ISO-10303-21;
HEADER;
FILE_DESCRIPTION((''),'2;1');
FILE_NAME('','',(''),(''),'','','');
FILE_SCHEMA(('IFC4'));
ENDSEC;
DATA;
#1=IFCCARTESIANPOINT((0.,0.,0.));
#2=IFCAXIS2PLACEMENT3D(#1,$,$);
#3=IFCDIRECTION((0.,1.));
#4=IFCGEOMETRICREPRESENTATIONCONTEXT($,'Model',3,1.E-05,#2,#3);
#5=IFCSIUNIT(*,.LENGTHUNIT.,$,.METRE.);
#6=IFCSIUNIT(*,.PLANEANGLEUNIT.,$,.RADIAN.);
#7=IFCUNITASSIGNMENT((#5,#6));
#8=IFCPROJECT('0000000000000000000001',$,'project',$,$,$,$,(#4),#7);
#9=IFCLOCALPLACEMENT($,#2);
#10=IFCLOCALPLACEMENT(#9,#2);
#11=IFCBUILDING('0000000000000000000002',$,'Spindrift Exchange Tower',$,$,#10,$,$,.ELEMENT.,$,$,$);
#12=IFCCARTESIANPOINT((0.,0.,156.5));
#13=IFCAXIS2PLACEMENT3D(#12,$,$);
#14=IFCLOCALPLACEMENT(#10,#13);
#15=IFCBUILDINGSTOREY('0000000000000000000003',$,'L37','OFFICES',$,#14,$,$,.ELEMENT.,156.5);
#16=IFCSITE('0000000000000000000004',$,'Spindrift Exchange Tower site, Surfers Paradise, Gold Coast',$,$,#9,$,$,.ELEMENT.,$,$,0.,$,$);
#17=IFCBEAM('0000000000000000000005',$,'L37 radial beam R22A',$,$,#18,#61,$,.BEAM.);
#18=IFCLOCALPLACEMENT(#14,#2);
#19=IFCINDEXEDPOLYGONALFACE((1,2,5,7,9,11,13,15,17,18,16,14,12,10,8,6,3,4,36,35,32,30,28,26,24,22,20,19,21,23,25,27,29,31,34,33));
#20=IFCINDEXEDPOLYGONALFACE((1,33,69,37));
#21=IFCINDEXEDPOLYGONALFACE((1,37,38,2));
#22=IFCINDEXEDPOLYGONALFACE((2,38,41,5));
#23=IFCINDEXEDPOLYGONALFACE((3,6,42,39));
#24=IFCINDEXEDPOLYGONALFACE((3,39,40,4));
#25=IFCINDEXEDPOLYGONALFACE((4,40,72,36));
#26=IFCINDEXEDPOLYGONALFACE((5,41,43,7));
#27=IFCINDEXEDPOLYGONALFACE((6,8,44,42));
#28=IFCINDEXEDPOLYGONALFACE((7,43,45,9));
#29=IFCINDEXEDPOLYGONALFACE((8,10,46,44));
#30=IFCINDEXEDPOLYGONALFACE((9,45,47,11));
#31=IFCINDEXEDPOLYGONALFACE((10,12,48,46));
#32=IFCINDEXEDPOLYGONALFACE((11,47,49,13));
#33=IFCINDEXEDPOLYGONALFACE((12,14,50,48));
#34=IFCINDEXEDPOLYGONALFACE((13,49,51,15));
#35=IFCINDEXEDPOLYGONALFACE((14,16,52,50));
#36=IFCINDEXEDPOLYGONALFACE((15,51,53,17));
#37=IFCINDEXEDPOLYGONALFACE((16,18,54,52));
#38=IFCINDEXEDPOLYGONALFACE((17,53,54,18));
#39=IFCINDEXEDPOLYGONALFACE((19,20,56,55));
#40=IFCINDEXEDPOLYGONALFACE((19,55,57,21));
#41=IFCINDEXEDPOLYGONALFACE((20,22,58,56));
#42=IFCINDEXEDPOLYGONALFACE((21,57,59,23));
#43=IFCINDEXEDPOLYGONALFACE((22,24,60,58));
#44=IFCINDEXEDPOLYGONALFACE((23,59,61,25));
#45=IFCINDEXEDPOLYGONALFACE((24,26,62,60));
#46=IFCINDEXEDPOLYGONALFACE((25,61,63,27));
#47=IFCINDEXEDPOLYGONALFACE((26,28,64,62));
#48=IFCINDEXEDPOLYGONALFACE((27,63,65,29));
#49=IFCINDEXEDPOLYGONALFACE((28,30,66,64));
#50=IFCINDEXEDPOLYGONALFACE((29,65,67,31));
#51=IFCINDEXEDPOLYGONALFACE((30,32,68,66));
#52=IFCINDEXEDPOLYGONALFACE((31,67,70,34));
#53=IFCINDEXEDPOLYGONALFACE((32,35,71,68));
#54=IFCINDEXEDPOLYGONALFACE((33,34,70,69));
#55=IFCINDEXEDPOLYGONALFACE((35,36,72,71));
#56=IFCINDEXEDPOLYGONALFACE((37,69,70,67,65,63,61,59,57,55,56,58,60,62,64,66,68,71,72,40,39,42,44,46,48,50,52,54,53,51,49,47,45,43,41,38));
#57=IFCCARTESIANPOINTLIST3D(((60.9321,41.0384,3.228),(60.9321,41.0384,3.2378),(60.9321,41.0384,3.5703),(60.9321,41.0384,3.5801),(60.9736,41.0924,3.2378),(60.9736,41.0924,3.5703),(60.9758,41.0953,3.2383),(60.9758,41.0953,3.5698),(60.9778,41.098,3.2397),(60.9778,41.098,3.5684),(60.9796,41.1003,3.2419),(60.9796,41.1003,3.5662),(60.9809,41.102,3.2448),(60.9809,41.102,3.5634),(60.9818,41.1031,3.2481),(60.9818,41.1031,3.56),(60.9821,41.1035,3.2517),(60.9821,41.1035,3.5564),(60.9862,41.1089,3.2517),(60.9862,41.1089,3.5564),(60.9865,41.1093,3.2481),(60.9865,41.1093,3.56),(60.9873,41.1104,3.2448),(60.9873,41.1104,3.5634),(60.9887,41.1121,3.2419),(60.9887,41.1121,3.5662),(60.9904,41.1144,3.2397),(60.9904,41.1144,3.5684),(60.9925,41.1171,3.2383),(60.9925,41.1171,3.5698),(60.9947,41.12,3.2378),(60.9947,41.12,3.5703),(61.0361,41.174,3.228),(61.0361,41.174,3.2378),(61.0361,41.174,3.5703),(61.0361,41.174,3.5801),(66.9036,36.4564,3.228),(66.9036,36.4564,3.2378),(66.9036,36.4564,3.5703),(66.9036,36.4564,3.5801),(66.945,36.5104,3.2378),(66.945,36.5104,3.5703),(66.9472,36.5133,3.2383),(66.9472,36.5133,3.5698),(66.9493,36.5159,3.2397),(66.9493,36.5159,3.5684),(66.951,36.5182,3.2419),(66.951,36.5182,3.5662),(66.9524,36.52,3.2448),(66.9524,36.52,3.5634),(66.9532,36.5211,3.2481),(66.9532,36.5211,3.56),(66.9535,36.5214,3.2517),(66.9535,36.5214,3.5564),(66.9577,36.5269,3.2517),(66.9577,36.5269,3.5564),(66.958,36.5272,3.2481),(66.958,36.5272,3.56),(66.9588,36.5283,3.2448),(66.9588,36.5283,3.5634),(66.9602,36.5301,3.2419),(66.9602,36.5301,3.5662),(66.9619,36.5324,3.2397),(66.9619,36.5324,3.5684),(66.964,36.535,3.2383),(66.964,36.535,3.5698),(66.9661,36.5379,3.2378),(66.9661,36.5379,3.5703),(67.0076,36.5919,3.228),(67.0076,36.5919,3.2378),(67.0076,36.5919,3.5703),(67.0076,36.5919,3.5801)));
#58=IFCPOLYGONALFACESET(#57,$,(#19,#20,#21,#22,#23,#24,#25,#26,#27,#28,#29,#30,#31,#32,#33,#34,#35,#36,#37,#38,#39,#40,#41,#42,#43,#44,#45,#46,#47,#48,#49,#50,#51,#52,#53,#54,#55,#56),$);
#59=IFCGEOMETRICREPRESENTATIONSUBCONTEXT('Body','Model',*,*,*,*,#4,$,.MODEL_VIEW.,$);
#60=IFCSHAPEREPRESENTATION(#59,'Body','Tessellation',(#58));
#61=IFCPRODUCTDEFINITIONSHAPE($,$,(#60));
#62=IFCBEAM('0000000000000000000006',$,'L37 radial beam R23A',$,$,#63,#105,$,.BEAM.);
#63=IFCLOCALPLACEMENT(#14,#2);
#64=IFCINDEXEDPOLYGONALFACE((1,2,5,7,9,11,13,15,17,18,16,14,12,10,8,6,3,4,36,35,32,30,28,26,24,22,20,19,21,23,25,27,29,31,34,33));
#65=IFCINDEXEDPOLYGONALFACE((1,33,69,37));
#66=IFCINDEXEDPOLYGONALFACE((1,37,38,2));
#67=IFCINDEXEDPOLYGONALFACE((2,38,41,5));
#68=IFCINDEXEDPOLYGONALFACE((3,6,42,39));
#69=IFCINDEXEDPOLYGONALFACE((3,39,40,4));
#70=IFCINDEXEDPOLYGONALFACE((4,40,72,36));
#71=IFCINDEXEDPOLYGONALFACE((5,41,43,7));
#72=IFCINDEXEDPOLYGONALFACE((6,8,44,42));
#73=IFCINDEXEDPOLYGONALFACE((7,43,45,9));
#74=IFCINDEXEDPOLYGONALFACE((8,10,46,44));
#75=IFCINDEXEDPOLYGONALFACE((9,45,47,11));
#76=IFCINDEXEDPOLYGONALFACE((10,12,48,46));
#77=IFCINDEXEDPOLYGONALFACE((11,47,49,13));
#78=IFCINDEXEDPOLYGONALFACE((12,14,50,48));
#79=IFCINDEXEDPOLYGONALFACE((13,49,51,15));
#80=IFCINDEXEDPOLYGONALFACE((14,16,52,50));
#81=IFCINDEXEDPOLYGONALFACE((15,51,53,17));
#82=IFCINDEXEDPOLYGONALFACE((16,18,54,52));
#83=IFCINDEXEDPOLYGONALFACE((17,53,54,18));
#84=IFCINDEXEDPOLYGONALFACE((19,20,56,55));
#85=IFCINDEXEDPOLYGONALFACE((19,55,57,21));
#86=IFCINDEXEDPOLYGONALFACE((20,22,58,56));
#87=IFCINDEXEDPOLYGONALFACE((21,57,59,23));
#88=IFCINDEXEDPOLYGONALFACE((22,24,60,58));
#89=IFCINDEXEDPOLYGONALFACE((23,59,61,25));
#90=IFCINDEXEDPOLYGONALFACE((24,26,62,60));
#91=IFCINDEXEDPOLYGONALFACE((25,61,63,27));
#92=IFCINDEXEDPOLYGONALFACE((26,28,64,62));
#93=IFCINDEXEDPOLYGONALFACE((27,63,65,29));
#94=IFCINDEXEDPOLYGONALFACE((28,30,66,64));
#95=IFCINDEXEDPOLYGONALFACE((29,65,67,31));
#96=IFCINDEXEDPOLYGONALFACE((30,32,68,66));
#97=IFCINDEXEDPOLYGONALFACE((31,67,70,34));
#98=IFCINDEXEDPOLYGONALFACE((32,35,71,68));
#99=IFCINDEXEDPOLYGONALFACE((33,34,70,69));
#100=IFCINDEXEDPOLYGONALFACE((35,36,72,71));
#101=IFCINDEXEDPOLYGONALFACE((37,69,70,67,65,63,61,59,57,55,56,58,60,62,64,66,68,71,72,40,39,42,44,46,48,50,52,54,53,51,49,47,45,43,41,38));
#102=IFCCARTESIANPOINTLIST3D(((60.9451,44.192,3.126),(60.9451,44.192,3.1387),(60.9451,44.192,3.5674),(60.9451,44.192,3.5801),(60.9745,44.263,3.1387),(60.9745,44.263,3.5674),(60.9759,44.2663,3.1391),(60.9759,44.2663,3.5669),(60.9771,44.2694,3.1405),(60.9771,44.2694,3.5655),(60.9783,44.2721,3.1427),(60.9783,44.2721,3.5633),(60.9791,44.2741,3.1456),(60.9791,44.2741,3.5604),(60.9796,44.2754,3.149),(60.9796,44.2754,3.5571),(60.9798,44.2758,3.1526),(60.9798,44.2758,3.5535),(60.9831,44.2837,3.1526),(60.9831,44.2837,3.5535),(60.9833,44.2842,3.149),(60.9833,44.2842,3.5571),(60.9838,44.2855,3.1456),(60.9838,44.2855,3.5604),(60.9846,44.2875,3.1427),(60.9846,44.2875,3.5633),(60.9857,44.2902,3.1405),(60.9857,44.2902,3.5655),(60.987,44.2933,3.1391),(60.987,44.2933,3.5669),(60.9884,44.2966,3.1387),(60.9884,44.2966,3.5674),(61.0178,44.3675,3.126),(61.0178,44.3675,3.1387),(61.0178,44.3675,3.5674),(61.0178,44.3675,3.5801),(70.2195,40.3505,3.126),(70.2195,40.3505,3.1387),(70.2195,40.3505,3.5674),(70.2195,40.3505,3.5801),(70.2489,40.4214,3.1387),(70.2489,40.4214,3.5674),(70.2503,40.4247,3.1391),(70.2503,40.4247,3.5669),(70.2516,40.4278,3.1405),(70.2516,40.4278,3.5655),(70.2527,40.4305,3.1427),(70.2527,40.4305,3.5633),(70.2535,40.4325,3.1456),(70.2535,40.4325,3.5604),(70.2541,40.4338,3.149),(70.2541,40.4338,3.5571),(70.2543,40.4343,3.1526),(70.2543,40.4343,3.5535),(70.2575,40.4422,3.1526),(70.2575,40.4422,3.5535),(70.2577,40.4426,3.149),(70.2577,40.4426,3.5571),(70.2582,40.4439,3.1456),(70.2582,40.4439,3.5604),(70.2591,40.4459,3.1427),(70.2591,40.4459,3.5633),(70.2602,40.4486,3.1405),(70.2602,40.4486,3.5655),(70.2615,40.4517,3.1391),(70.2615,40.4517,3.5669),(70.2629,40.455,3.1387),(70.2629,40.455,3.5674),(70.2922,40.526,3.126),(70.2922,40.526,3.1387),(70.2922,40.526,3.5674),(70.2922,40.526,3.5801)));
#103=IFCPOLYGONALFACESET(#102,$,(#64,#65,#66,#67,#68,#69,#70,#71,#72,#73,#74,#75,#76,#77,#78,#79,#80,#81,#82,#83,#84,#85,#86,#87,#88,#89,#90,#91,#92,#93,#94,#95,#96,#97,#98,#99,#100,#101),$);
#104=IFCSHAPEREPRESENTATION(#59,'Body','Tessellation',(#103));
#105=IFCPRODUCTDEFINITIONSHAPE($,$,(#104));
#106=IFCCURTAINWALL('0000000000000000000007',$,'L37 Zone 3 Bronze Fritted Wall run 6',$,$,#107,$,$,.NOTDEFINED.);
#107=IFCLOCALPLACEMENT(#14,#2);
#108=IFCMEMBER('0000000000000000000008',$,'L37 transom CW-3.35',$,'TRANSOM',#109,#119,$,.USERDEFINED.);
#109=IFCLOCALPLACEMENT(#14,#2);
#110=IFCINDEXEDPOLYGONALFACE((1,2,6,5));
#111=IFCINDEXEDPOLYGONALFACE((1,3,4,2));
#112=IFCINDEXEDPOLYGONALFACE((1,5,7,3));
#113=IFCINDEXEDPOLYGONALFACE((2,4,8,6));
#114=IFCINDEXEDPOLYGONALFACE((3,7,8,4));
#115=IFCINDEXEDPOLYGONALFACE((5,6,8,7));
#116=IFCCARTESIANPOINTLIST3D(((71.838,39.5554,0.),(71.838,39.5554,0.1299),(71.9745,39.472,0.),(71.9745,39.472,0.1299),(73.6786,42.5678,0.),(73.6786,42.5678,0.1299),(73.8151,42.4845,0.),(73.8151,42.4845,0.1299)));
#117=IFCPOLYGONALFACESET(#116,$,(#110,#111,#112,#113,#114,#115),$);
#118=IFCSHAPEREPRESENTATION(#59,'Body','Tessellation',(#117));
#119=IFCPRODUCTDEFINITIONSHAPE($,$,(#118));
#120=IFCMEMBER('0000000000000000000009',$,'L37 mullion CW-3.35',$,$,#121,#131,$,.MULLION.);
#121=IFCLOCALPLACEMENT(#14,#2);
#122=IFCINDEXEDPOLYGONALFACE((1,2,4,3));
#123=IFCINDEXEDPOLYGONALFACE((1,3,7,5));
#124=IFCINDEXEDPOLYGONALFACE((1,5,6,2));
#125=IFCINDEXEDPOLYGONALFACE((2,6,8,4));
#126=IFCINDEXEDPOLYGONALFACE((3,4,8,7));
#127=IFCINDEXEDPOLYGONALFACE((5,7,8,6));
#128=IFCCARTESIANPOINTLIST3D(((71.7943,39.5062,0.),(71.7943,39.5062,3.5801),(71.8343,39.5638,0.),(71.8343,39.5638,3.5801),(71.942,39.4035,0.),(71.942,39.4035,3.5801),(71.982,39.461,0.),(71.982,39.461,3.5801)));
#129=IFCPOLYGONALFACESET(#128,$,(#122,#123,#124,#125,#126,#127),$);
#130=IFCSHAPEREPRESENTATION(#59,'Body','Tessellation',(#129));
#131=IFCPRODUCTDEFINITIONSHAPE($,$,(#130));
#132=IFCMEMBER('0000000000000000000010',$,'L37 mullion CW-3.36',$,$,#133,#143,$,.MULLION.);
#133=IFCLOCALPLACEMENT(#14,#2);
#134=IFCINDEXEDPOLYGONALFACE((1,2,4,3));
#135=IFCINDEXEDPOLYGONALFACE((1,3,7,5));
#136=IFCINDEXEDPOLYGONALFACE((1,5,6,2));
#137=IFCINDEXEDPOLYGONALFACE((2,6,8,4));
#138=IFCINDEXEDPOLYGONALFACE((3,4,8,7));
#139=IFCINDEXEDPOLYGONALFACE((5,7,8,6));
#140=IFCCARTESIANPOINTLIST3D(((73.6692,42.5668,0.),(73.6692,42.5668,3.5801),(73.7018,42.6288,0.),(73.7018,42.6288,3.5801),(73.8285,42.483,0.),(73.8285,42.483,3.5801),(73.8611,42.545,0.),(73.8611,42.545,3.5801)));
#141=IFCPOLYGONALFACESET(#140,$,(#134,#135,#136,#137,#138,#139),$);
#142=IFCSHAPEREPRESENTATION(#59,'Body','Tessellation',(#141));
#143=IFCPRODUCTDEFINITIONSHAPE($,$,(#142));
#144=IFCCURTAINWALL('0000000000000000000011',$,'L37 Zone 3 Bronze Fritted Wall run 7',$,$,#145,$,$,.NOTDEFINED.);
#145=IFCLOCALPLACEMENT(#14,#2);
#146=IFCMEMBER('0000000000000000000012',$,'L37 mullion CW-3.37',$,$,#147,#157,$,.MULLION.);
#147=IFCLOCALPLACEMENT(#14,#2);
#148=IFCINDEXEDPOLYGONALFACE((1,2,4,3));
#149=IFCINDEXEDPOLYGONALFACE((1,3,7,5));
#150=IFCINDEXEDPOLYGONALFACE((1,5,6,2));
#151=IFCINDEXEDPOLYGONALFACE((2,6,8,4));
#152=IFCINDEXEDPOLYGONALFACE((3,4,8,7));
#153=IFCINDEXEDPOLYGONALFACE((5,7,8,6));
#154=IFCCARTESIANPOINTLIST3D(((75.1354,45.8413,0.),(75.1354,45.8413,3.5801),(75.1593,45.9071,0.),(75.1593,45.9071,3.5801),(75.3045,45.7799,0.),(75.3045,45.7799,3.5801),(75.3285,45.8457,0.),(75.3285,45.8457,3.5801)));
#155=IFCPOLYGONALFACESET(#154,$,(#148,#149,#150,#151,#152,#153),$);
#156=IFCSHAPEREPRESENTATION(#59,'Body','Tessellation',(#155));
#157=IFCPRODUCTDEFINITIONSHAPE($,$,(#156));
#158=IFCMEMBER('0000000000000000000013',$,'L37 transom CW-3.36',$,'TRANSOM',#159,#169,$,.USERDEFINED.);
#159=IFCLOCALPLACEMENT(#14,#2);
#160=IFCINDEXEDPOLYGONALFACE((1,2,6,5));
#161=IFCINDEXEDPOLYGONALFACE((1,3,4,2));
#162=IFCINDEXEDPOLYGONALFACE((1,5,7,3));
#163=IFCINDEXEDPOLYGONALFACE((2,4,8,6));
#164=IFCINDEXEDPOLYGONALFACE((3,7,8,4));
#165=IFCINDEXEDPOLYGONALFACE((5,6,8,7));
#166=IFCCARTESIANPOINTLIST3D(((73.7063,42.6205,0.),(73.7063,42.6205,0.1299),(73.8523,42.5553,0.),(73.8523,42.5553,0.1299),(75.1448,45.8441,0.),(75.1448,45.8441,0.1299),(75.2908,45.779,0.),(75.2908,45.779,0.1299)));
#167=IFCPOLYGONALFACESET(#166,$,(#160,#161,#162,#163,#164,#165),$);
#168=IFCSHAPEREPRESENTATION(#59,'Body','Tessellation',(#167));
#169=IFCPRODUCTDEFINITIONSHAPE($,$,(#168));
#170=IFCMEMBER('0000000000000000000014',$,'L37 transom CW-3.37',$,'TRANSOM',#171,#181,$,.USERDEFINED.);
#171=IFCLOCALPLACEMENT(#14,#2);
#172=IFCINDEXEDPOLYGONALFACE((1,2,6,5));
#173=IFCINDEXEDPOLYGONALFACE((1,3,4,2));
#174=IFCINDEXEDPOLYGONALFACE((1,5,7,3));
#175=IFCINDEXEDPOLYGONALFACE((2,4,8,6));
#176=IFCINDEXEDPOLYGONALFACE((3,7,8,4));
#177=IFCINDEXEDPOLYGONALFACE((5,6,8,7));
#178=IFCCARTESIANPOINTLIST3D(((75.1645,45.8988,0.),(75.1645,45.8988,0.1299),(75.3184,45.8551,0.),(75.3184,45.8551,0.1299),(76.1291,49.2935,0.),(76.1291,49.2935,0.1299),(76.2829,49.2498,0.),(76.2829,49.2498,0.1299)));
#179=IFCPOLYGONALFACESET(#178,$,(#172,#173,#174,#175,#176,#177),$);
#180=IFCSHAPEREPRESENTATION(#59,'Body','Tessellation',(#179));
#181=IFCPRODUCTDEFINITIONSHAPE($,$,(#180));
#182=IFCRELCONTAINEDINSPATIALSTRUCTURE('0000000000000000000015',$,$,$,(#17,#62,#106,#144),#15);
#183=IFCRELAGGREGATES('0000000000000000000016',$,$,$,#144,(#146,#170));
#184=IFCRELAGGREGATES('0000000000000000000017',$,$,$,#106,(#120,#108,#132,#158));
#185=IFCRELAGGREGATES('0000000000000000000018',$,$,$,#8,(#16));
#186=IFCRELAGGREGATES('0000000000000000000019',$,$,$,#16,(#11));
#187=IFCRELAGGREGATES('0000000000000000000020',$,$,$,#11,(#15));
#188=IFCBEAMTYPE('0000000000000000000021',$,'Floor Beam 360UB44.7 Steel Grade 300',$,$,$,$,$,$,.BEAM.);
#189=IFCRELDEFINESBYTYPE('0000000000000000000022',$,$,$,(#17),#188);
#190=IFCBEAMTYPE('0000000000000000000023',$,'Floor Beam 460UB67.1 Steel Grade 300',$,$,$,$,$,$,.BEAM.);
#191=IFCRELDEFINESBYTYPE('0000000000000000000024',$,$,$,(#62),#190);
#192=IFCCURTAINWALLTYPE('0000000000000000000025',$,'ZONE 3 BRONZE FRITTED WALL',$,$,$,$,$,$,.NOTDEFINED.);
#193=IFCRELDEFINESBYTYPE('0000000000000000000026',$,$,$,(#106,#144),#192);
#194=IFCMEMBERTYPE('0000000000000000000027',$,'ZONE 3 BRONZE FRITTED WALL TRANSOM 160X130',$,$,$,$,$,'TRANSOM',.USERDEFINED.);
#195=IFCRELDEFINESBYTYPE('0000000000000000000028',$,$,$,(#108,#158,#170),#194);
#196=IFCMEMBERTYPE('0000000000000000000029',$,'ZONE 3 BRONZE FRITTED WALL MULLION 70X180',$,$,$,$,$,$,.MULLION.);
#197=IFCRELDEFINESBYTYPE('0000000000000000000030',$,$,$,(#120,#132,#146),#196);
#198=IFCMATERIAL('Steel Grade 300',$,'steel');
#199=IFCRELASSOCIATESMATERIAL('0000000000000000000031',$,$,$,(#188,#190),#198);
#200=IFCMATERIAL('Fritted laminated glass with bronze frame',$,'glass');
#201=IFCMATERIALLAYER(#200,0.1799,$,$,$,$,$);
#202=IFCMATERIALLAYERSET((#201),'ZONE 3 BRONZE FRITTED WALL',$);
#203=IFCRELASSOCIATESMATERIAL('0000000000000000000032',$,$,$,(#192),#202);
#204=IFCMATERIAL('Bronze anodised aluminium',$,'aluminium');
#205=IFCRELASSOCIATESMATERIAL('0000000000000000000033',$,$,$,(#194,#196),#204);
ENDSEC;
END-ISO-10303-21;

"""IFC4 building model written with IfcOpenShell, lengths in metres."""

from ifc_helpers import new_model, si_unit, direction, frame, origin, origin_2d, place, context, subcontext, project, spatial, rectangle, i_section, extrude, source, transform, mapped, material, layer, layer_set, material_profile, profile_set, type_object, element, aggregate, save


model = new_model("IFC4")

# Units and contexts
model_context = context("Model", 3, precision=1e-05, world=origin(), true_north=direction((0.0, 1.0)))
body_context = subcontext(model_context, "Body", "Model", "MODEL_VIEW")
ifc_project = project(units=[si_unit("LENGTHUNIT", "METRE"), si_unit("PLANEANGLEUNIT", "RADIAN")], contexts=[model_context])

# Site, building, storey
site_placement = place(None, origin())
site = spatial("IfcSite", under=ifc_project, at=site_placement, Name="Spindrift Exchange Tower site, Surfers Paradise, Gold Coast", CompositionType="ELEMENT", RefElevation=0.0)
building_placement = place(site_placement, origin())
building = spatial("IfcBuilding", under=site, at=building_placement, Name="Spindrift Exchange Tower", CompositionType="ELEMENT")
storey_placement = place(building_placement, frame((0.0, 0.0, 156.5)))
storey = spatial("IfcBuildingStorey", under=building, at=storey_placement, Name="L37", Description="OFFICES", CompositionType="ELEMENT", Elevation=156.5)

# Beams
ifc_material_1 = material(Name="Steel Grade 300", Category="steel")
ifc_material_profile_1 = material_profile(ifc_material_1, i_section(OverallWidth=0.1709, OverallDepth=0.3521, WebThickness=0.0068, FlangeThickness=0.0098, FilletRadius=0.0139, at=origin_2d()), Name="360UB44.7")
ifc_profile_set_1 = profile_set([ifc_material_profile_1], Name="Steel Grade 300")
beam_type_1 = type_object("IfcBeamType", Name="Floor Beam 360UB44.7 Steel Grade 300", PredefinedType="BEAM", material=ifc_profile_set_1)
shared_shape_1 = source(origin(), body_context, "Body", "SweptSolid", [
    extrude(i_section(OverallWidth=0.1709, OverallDepth=0.3521, WebThickness=0.0068, FlangeThickness=0.0098, FilletRadius=0.0139, at=origin_2d()), origin(), (0.0, 0.0, 1.0), 7.5269),
])
beam_1_placement = place(storey_placement, frame((60.9841, 41.1062, 3.4041), z_axis=(0.793354, -0.60876, 0.0), x_axis=(0.60876, 0.793354, 0.0)))
element("IfcBeam", 1, at=beam_1_placement, inside=storey, type_object=beam_type_1, Name="L37 radial beam R22A", PredefinedType="BEAM", context=body_context, shape_type="MappedRepresentation", body=[
    mapped(shared_shape_1, transform((0.0, 0.0, 0.0), scale=1.0)),
])
ifc_material_profile_2 = material_profile(ifc_material_1, i_section(OverallWidth=0.1899, OverallDepth=0.4541, WebThickness=0.0085, FlangeThickness=0.0127, FilletRadius=0.0139, at=origin_2d()), Name="460UB67.1")
ifc_profile_set_2 = profile_set([ifc_material_profile_2], Name="Steel Grade 300")
beam_type_2 = type_object("IfcBeamType", Name="Floor Beam 460UB67.1 Steel Grade 300", PredefinedType="BEAM", material=ifc_profile_set_2)
shared_shape_2 = source(origin(), body_context, "Body", "SweptSolid", [
    extrude(i_section(OverallWidth=0.1899, OverallDepth=0.4541, WebThickness=0.0085, FlangeThickness=0.0127, FilletRadius=0.0139, at=origin_2d()), origin(), (0.0, 0.0, 1.0), 10.0386),
])
beam_2_placement = place(storey_placement, frame((60.9814, 44.2798, 3.353), z_axis=(0.923881, -0.38268, 0.0), x_axis=(0.38268, 0.923881, 0.0)))
element("IfcBeam", 2, at=beam_2_placement, inside=storey, type_object=beam_type_2, Name="L37 radial beam R23A", PredefinedType="BEAM", context=body_context, shape_type="MappedRepresentation", body=[
    mapped(shared_shape_2, transform((0.0, 0.0, 0.0), scale=1.0)),
])

# Curtain wall, members
ifc_material_2 = material(Name="Fritted laminated glass with bronze frame", Category="glass")
ifc_layer_1 = layer(ifc_material_2, 0.1799)
ifc_layer_set_1 = layer_set([ifc_layer_1], Name="ZONE 3 BRONZE FRITTED WALL")
curtain_wall_type = type_object("IfcCurtainWallType", Name="ZONE 3 BRONZE FRITTED WALL", PredefinedType="NOTDEFINED", material=ifc_layer_set_1)
curtain_wall_1_placement = place(storey_placement, origin())
curtain_wall_1 = element("IfcCurtainWall", 3, at=curtain_wall_1_placement, inside=storey, type_object=curtain_wall_type, Name="L37 Zone 3 Bronze Fritted Wall run 6", PredefinedType="NOTDEFINED")
ifc_material_3 = material(Name="Bronze anodised aluminium", Category="aluminium")
ifc_material_profile_3 = material_profile(ifc_material_3, rectangle(XDim=0.1599, YDim=0.1299, at=origin_2d()), Name="ZONE 3 BRONZE FRITTED WALL TRANSOM 160X130")
ifc_profile_set_3 = profile_set([ifc_material_profile_3], Name="Bronze anodised aluminium")
member_type_1 = type_object("IfcMemberType", Name="ZONE 3 BRONZE FRITTED WALL TRANSOM 160X130", ElementType="TRANSOM", PredefinedType="USERDEFINED", material=ifc_profile_set_3)
shared_shape_3 = source(origin(), body_context, "Body", "SweptSolid", [
    extrude(rectangle(XDim=0.1599, YDim=0.1299, at=origin_2d()), origin(), (0.0, 0.0, 1.0), 3.5303),
])
member_1_placement = place(storey_placement, frame((71.9062, 39.5137, 0.0649), z_axis=(0.521374, 0.853328, 0.0), x_axis=(-0.853328, 0.521374, 0.0)))
member_1 = element("IfcMember", 4, at=member_1_placement, type_object=member_type_1, Name="L37 transom CW-3.35", ObjectType="TRANSOM", PredefinedType="USERDEFINED", context=body_context, shape_type="MappedRepresentation", body=[
    mapped(shared_shape_3, transform((0.0, 0.0, 0.0), scale=1.0)),
])
ifc_material_profile_4 = material_profile(ifc_material_3, rectangle(XDim=0.0701, YDim=0.1799, at=origin_2d()), Name="ZONE 3 BRONZE FRITTED WALL MULLION 70X180")
ifc_profile_set_4 = profile_set([ifc_material_profile_4], Name="Bronze anodised aluminium")
member_type_2 = type_object("IfcMemberType", Name="ZONE 3 BRONZE FRITTED WALL MULLION 70X180", PredefinedType="MULLION", material=ifc_profile_set_4)
shared_shape_4 = source(origin(), body_context, "Body", "SweptSolid", [
    extrude(rectangle(XDim=0.0701, YDim=0.1799, at=origin_2d()), origin(), (0.0, 0.0, 1.0), 3.5801),
])
member_2_placement = place(storey_placement, frame((71.8882, 39.4836, 0.0), z_axis=(0.0, 0.0, 1.0), x_axis=(0.5709, 0.821019, 0.0)))
member_2 = element("IfcMember", 5, at=member_2_placement, type_object=member_type_2, Name="L37 mullion CW-3.35", PredefinedType="MULLION", context=body_context, shape_type="MappedRepresentation", body=[
    mapped(shared_shape_4, transform((0.0, 0.0, 0.0), scale=1.0)),
])
member_3_placement = place(storey_placement, frame((73.7651, 42.5559, 0.0), z_axis=(0.0, 0.0, 1.0), x_axis=(0.465382, 0.88511, 0.0)))
member_3 = element("IfcMember", 6, at=member_3_placement, type_object=member_type_2, Name="L37 mullion CW-3.36", PredefinedType="MULLION", context=body_context, shape_type="MappedRepresentation", body=[
    mapped(shared_shape_4, transform((0.0, 0.0, 0.0), scale=1.0)),
])

# Curtain wall, member
curtain_wall_2_placement = place(storey_placement, origin())
curtain_wall_2 = element("IfcCurtainWall", 7, at=curtain_wall_2_placement, inside=storey, type_object=curtain_wall_type, Name="L37 Zone 3 Bronze Fritted Wall run 7", PredefinedType="NOTDEFINED")
member_4_placement = place(storey_placement, frame((75.2319, 45.8435, 0.0), z_axis=(0.0, 0.0, 1.0), x_axis=(0.341274, 0.939964, 0.0)))
member_4 = element("IfcMember", 8, at=member_4_placement, type_object=member_type_2, Name="L37 mullion CW-3.37", PredefinedType="MULLION", context=body_context, shape_type="MappedRepresentation", body=[
    mapped(shared_shape_4, transform((0.0, 0.0, 0.0), scale=1.0)),
])

# Members
shared_shape_5 = source(origin(), body_context, "Body", "SweptSolid", [
    extrude(rectangle(XDim=0.1599, YDim=0.1299, at=origin_2d()), origin(), (0.0, 0.0, 1.0), 3.53),
])
member_5_placement = place(storey_placement, frame((73.7793, 42.5879, 0.0649), z_axis=(0.407498, 0.913206, 0.0), x_axis=(-0.913206, 0.407498, 0.0)))
member_5 = element("IfcMember", 9, at=member_5_placement, type_object=member_type_1, Name="L37 transom CW-3.36", ObjectType="TRANSOM", PredefinedType="USERDEFINED", context=body_context, shape_type="MappedRepresentation", body=[
    mapped(shared_shape_5, transform((0.0, 0.0, 0.0), scale=1.0)),
])
shared_shape_6 = source(origin(), body_context, "Body", "SweptSolid", [
    extrude(rectangle(XDim=0.1599, YDim=0.1299, at=origin_2d()), origin(), (0.0, 0.0, 1.0), 3.5291),
])
member_6_placement = place(storey_placement, frame((75.2415, 45.877, 0.0649), z_axis=(0.273323, 0.961922, 0.0), x_axis=(-0.961922, 0.273323, 0.0)))
member_6 = element("IfcMember", 10, at=member_6_placement, type_object=member_type_1, Name="L37 transom CW-3.37", ObjectType="TRANSOM", PredefinedType="USERDEFINED", context=body_context, shape_type="MappedRepresentation", body=[
    mapped(shared_shape_6, transform((0.0, 0.0, 0.0), scale=1.0)),
])
aggregate(curtain_wall_2, [member_4, member_6])

aggregate(curtain_wall_1, [member_2, member_1, member_3, member_5])

save(model, "model.ifc")
